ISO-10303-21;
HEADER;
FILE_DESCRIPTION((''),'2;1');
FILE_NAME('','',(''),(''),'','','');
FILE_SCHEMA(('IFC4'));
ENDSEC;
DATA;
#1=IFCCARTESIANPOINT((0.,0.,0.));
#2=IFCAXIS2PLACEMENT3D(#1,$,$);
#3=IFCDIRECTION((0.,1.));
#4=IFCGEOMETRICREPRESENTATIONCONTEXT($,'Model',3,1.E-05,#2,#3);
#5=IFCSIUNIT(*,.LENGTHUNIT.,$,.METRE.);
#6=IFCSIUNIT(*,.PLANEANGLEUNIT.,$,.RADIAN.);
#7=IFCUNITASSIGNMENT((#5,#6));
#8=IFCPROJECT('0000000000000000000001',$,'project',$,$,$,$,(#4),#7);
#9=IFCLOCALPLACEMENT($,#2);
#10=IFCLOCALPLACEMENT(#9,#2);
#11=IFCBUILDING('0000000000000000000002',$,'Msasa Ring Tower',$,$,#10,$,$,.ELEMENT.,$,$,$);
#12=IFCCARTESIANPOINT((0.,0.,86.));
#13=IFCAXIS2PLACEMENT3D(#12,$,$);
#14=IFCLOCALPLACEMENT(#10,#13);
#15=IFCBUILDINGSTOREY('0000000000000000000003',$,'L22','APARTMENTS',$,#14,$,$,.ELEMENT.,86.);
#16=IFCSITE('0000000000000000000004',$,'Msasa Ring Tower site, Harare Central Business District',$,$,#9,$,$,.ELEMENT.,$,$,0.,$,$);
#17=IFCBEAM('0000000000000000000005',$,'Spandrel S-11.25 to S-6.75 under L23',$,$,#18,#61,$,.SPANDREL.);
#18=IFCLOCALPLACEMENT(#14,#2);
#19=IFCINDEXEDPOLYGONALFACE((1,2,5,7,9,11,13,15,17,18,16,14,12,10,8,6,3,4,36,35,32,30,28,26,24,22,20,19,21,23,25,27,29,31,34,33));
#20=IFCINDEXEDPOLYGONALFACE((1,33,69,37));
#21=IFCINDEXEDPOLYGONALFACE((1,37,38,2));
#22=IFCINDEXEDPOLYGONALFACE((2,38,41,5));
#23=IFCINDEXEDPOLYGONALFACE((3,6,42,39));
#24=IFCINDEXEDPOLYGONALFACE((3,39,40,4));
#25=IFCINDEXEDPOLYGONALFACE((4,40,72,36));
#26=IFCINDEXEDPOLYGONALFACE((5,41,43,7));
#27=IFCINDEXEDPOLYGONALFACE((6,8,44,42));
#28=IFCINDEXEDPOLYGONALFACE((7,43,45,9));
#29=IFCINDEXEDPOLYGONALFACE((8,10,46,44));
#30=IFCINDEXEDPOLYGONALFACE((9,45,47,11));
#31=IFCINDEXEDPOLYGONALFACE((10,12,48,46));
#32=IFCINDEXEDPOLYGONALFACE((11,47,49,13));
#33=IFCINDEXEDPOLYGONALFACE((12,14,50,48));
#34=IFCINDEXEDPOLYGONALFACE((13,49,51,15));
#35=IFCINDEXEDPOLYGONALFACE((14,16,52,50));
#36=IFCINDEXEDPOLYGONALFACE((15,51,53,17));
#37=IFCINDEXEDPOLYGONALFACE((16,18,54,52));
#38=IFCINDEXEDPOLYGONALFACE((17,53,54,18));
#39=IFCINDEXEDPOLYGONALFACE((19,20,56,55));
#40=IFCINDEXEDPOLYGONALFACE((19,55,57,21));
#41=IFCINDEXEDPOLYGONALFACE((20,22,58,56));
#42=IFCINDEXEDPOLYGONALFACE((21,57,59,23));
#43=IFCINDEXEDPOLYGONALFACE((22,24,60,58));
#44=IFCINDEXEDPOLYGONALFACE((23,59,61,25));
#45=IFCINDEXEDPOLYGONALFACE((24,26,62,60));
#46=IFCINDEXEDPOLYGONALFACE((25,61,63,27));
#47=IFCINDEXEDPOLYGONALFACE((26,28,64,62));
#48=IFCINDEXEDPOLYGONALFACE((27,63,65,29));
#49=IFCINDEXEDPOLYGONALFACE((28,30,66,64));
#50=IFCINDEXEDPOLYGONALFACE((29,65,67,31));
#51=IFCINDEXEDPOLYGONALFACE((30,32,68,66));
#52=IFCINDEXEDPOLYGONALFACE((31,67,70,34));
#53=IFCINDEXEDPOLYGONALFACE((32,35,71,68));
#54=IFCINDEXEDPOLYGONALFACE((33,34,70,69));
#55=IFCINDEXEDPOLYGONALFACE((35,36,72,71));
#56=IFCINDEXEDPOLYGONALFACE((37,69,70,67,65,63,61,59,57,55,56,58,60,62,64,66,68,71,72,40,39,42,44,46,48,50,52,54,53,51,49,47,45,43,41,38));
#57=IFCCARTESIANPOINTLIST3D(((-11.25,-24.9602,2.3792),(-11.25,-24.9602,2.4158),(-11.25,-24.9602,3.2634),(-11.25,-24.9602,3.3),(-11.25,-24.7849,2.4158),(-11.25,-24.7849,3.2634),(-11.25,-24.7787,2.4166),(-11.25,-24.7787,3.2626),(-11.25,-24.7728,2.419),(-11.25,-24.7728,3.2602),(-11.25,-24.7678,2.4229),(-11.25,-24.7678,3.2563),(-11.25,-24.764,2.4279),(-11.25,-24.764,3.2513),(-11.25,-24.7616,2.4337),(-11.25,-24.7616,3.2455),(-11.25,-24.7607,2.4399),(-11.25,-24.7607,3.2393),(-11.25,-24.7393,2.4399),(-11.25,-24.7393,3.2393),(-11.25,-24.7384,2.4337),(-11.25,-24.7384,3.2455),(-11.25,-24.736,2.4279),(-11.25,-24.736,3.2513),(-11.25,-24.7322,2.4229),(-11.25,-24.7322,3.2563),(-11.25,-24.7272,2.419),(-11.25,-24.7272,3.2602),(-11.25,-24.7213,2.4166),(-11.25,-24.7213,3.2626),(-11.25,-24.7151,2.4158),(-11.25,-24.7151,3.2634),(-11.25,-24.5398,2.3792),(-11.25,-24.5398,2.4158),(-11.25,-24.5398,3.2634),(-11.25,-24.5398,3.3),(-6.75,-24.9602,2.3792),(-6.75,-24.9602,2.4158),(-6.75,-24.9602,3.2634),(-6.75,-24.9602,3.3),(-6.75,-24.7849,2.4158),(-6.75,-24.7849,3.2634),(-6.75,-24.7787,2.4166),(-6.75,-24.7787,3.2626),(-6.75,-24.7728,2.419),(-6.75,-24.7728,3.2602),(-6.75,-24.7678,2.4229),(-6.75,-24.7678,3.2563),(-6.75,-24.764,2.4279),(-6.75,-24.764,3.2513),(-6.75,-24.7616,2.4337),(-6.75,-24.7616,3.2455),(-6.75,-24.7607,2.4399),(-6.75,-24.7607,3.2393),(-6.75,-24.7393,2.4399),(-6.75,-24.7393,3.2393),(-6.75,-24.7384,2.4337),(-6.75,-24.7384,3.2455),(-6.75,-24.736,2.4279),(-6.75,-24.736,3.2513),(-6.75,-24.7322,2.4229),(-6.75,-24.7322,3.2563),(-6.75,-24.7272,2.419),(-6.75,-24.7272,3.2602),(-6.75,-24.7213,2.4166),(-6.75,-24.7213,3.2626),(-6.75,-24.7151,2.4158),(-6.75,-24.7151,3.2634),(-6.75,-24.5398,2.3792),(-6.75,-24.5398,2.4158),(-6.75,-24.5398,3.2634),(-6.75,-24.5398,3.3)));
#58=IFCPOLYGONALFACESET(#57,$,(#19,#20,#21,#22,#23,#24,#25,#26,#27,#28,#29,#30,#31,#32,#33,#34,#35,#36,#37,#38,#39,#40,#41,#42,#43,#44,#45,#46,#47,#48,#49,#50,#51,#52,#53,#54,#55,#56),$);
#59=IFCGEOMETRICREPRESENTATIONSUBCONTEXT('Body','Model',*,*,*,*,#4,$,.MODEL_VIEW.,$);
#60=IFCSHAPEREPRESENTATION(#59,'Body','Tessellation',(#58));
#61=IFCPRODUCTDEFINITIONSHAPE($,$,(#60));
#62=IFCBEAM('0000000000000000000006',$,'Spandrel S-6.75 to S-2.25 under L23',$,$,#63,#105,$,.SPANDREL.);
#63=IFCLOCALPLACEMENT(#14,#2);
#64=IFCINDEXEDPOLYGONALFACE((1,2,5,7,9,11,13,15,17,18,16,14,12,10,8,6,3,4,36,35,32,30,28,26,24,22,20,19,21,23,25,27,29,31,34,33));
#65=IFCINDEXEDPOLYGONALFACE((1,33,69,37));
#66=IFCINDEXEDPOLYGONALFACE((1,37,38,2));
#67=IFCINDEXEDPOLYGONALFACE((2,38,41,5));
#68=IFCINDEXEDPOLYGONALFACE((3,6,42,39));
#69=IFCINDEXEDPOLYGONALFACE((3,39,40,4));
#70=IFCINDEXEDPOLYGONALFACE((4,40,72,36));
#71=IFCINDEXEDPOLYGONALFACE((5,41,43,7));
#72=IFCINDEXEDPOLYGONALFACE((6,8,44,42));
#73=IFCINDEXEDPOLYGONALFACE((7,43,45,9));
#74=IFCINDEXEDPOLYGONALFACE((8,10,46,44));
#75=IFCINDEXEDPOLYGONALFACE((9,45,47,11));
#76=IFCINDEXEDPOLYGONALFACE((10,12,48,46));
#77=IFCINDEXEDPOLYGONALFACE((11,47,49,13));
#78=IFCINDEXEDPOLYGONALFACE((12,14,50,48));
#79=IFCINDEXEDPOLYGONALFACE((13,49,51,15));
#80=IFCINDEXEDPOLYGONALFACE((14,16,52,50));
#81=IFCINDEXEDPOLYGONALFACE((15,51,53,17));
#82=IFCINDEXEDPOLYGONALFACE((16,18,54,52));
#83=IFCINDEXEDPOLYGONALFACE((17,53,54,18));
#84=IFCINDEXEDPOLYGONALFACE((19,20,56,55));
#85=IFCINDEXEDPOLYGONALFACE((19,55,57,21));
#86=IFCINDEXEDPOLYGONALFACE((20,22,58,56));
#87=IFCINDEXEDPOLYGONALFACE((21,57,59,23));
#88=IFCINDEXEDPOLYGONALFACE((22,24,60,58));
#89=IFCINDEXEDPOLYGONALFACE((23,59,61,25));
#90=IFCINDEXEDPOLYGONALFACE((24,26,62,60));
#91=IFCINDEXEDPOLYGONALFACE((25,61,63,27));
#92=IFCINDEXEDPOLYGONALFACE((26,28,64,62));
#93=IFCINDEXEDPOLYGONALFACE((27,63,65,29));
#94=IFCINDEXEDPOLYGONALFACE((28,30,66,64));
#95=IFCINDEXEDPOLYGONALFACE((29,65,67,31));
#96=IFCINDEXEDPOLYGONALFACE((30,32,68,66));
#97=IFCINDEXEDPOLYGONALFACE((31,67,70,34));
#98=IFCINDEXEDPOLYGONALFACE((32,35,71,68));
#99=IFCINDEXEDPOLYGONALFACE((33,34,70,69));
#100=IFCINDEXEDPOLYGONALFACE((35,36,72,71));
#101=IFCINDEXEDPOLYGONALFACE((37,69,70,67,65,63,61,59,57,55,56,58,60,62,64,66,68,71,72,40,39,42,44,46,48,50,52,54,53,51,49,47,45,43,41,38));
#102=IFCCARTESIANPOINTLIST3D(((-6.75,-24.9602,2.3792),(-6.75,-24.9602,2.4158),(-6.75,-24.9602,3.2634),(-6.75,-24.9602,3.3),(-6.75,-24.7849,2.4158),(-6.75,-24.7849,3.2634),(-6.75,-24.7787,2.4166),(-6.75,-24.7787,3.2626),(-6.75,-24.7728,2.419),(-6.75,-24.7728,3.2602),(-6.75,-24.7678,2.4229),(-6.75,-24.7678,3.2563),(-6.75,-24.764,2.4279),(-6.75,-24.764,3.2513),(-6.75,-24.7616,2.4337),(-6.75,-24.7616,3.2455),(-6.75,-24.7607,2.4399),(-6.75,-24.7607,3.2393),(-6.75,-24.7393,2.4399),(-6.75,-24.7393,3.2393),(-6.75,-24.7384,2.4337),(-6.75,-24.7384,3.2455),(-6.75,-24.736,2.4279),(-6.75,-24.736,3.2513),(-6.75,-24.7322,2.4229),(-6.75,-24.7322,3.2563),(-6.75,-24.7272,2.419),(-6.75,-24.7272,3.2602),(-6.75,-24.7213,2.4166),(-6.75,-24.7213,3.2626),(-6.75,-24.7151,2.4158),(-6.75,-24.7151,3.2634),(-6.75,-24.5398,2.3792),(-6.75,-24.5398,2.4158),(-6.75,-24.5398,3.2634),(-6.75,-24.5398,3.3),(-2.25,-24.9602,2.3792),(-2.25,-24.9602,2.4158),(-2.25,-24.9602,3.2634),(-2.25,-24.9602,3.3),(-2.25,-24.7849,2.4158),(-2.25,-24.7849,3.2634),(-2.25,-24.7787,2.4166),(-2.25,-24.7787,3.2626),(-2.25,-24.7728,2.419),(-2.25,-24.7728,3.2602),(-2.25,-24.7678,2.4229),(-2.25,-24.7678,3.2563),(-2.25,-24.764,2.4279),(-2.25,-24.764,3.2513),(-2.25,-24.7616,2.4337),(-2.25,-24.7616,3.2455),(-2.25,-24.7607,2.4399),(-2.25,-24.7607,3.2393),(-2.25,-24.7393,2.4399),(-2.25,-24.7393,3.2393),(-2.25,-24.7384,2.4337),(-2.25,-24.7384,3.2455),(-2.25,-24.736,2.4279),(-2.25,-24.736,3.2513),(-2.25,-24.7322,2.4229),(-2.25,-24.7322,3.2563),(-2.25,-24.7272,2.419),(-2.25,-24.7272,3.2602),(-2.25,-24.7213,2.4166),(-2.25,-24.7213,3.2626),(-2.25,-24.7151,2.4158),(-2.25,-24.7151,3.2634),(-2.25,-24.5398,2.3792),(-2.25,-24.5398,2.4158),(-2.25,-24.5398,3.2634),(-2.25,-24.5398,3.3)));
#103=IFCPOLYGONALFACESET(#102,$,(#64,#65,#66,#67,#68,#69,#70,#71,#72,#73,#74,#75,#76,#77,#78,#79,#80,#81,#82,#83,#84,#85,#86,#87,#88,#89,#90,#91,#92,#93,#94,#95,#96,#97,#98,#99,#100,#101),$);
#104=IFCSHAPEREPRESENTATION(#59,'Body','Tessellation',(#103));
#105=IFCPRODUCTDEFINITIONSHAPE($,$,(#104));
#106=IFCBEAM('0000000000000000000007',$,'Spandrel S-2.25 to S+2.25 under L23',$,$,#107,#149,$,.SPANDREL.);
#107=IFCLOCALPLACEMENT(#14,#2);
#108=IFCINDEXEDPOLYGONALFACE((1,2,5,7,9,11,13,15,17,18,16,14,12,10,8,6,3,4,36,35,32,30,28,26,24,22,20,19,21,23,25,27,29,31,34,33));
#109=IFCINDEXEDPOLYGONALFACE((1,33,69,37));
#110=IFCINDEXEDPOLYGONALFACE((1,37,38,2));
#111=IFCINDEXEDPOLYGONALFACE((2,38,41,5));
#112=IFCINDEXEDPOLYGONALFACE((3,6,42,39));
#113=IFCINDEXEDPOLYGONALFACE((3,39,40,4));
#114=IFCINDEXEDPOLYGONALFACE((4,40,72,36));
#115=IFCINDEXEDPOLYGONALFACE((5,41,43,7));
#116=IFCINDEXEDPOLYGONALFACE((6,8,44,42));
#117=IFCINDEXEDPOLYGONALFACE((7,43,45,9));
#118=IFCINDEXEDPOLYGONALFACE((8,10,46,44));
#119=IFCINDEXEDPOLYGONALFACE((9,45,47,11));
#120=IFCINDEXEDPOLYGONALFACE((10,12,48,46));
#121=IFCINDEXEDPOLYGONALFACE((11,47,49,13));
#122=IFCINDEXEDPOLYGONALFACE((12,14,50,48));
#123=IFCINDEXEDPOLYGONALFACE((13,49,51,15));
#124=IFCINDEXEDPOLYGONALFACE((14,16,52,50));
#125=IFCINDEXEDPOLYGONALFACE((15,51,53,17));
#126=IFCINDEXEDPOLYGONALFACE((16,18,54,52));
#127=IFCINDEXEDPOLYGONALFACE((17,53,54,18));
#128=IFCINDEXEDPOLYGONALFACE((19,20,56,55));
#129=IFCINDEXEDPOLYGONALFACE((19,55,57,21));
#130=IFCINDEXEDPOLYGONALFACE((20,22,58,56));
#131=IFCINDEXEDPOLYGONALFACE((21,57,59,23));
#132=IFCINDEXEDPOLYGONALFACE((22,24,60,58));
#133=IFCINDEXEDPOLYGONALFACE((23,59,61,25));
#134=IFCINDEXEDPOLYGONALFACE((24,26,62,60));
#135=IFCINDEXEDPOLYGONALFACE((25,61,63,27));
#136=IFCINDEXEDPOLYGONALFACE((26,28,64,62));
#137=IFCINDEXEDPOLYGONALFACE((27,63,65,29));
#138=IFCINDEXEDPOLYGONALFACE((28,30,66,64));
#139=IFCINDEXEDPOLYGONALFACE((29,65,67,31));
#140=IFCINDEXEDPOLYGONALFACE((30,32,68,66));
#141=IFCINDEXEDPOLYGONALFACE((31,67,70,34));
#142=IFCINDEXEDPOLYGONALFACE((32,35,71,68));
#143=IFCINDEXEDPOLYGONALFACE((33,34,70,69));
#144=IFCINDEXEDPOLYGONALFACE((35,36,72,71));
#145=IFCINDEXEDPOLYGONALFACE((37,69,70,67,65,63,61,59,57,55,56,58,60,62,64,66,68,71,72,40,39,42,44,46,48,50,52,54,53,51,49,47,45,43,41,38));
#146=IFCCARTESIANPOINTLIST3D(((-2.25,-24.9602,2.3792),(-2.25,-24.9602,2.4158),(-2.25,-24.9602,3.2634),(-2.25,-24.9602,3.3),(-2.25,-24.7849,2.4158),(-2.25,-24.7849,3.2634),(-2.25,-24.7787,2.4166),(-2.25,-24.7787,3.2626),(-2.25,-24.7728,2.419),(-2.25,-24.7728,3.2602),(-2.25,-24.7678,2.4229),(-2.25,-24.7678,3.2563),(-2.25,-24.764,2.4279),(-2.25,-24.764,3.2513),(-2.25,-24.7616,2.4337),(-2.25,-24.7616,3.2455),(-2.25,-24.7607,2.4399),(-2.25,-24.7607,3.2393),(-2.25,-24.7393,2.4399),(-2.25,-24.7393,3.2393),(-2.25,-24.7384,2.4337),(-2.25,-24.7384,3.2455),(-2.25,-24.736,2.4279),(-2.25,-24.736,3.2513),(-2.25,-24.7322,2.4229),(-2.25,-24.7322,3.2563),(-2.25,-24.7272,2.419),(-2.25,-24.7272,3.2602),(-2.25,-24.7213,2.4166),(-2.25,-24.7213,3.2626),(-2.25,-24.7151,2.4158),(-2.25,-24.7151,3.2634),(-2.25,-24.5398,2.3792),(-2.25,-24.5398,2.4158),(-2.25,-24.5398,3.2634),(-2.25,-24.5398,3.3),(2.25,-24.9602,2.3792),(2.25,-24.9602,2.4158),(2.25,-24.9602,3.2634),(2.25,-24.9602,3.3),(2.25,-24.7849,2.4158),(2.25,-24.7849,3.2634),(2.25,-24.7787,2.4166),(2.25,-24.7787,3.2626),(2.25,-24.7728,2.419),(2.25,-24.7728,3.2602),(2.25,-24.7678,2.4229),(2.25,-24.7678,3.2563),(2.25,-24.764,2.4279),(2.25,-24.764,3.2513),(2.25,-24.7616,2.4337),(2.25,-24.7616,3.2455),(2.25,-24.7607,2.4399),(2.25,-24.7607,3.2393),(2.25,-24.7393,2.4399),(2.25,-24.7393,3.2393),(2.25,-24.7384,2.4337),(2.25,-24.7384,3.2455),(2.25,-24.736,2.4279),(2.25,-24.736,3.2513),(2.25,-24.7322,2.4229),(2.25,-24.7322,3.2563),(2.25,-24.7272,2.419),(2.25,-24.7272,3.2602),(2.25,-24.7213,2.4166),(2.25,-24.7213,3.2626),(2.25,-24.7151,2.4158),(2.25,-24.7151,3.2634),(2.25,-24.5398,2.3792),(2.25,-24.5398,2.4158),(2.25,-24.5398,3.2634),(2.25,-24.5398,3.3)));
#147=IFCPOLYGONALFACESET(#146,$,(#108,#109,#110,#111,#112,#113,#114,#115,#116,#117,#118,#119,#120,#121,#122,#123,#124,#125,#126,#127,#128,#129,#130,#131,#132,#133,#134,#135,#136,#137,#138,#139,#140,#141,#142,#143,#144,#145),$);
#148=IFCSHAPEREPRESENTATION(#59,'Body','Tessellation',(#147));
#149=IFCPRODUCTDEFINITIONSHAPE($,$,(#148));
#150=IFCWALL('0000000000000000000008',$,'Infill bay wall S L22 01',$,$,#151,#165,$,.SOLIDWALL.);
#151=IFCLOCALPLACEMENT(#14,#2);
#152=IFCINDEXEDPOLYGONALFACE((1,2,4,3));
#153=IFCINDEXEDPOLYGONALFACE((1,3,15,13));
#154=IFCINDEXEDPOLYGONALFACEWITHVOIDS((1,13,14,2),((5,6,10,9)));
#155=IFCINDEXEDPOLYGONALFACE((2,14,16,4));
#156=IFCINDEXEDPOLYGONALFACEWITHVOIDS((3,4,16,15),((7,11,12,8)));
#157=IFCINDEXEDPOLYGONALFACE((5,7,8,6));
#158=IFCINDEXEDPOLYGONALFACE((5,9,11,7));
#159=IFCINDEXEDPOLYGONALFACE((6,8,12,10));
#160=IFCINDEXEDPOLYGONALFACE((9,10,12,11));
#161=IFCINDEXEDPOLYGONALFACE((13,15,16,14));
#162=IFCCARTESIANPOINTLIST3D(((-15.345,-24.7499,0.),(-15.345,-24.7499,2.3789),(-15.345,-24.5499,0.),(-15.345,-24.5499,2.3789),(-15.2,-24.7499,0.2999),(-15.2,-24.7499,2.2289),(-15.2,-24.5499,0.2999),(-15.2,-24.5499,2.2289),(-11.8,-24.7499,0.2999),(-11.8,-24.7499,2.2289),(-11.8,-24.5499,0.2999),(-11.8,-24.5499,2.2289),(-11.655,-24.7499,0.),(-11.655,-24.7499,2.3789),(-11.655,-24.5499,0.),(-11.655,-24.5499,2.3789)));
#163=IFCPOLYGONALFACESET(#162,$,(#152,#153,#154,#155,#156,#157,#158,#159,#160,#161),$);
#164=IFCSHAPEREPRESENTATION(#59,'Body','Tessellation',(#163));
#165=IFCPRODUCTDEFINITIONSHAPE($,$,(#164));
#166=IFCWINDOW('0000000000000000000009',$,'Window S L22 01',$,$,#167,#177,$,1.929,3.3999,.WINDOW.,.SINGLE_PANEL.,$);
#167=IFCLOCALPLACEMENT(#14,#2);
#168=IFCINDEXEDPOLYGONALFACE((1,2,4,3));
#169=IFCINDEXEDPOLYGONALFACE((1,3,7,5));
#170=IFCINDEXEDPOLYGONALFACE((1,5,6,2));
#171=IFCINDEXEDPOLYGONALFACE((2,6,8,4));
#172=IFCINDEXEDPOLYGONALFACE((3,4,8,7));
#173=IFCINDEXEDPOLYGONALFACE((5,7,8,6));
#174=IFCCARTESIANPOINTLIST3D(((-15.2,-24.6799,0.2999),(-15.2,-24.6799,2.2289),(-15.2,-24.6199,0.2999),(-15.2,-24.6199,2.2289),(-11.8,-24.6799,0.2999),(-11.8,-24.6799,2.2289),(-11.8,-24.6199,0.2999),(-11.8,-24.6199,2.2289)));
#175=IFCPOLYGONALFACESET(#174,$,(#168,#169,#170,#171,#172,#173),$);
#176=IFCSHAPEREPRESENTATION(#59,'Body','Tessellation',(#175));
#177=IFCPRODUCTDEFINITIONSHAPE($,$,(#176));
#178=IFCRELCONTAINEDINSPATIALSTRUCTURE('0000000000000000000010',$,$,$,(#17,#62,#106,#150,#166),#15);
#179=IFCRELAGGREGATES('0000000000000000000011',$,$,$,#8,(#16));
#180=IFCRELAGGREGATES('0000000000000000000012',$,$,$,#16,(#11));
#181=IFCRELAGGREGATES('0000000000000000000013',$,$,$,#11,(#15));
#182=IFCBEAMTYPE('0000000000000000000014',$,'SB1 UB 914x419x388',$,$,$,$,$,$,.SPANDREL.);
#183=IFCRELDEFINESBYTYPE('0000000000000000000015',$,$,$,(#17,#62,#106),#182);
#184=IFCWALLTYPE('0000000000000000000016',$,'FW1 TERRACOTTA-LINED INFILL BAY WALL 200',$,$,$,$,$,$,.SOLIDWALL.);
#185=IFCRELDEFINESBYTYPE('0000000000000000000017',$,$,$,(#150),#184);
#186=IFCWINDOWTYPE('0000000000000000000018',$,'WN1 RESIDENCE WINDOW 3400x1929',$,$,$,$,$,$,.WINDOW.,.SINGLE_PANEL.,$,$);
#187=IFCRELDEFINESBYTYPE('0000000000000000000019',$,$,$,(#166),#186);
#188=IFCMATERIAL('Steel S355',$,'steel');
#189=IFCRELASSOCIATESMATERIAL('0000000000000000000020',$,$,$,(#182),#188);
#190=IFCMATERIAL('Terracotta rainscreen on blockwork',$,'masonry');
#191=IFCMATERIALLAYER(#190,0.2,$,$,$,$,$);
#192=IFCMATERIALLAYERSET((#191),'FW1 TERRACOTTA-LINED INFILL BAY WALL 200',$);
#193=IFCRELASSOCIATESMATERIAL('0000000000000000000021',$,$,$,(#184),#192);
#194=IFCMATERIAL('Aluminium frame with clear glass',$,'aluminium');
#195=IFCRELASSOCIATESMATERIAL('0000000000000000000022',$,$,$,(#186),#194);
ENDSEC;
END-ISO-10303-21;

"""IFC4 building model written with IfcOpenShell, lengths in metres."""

from ifc_helpers import new_model, si_unit, direction, frame, frame_2d, origin, origin_2d, place, context, subcontext, project, spatial, rectangle, i_section, extrude, material, layer, layer_set, material_profile, profile_set, type_object, element, fill, save


model = new_model("IFC4")

# Units and contexts
model_context = context("Model", 3, precision=1e-05, world=origin(), true_north=direction((0.0, 1.0)))
body_context = subcontext(model_context, "Body", "Model", "MODEL_VIEW")
ifc_project = project(units=[si_unit("LENGTHUNIT", "METRE"), si_unit("PLANEANGLEUNIT", "RADIAN")], contexts=[model_context])

# Site, building, storey
site_placement = place(None, origin())
site = spatial("IfcSite", under=ifc_project, at=site_placement, Name="Msasa Ring Tower site, Harare Central Business District", CompositionType="ELEMENT", RefElevation=0.0)
building_placement = place(site_placement, origin())
building = spatial("IfcBuilding", under=site, at=building_placement, Name="Msasa Ring Tower", CompositionType="ELEMENT")
storey_placement = place(building_placement, frame((0.0, 0.0, 86.0)))
storey = spatial("IfcBuildingStorey", under=building, at=storey_placement, Name="L22", Description="APARTMENTS", CompositionType="ELEMENT", Elevation=86.0)

# Beams
ifc_material_1 = material(Name="Steel S355", Category="steel")
ifc_material_profile_1 = material_profile(ifc_material_1, i_section(OverallWidth=0.4204, OverallDepth=0.9209, WebThickness=0.0215, FlangeThickness=0.0366, FilletRadius=0.0242, at=origin_2d()), Name="UB 914x419x388")
ifc_profile_set_1 = profile_set([ifc_material_profile_1], Name="Steel S355")
beam_type_1 = type_object("IfcBeamType", Name="SB1 UB 914x419x388", PredefinedType="SPANDREL", material=ifc_profile_set_1)
for number, where, z_axis, x_axis, name in (
    (1, (-11.25, -24.75, 2.8396), (1.0, 0.0, 0.0), (0.0, 1.0, 0.0), "Spandrel S-11.25 to S-6.75 under L23"),
    (2, (-6.75, -24.75, 2.8396), (1.0, 0.0, 0.0), (0.0, 1.0, 0.0), "Spandrel S-6.75 to S-2.25 under L23"),
    (3, (-2.25, -24.75, 2.8396), (1.0, 0.0, 0.0), (0.0, 1.0, 0.0), "Spandrel S-2.25 to S+2.25 under L23"),
):
    element("IfcBeam", number, at=place(storey_placement, frame(where, z_axis=z_axis, x_axis=x_axis)), inside=storey, type_object=beam_type_1, Name=name, PredefinedType="SPANDREL", context=body_context, shape_type="SweptSolid", body=[
        extrude(i_section(OverallWidth=0.4204, OverallDepth=0.9209, WebThickness=0.0215, FlangeThickness=0.0366, FilletRadius=0.0242, at=origin_2d()), origin(), (0.0, 0.0, 1.0), 4.5),
    ])

# Wall, opening, window
ifc_material_2 = material(Name="Terracotta rainscreen on blockwork", Category="masonry")
ifc_layer_1 = layer(ifc_material_2, 0.2)
ifc_layer_set_1 = layer_set([ifc_layer_1], Name="FW1 TERRACOTTA-LINED INFILL BAY WALL 200")
wall_type_1 = type_object("IfcWallType", Name="FW1 TERRACOTTA-LINED INFILL BAY WALL 200", PredefinedType="SOLIDWALL", material=ifc_layer_set_1)
wall_1_placement = place(storey_placement, frame((-15.345, -24.6499, 0.0), z_axis=(0.0, 0.0, 1.0), x_axis=(1.0, 0.0, 0.0)))
wall_1 = element("IfcWall", 4, at=wall_1_placement, inside=storey, type_object=wall_type_1, Name="Infill bay wall S L22 01", PredefinedType="SOLIDWALL", context=body_context, shape_type="SweptSolid", body=[
    extrude(rectangle(XDim=3.6899, YDim=0.2, at=frame_2d((1.845, 0.0))), origin(), (0.0, 0.0, 1.0), 2.3789),
])
opening_1_placement = place(wall_1_placement, frame((0.145, 0.0, 0.3)))
opening_1 = element("IfcOpeningElement", 5, at=opening_1_placement, cuts=wall_1, PredefinedType="OPENING", context=body_context, shape_type="SweptSolid", body=[
    extrude(rectangle(XDim=3.3999, YDim=1.929, at=frame_2d((1.7, 0.9644))), frame((0.0, 0.1099, 0.0), z_axis=(0.0, -1.0, 0.0), x_axis=(1.0, 0.0, 0.0)), (0.0, 0.0, 1.0), 0.22),
])
ifc_material_3 = material(Name="Aluminium frame with clear glass", Category="aluminium")
window_type = type_object("IfcWindowType", Name="WN1 RESIDENCE WINDOW 3400x1929", PartitioningType="SINGLE_PANEL", PredefinedType="WINDOW", material=ifc_material_3)
window_1_placement = place(opening_1_placement, origin())
window_1 = element("IfcWindow", 6, at=window_1_placement, inside=storey, type_object=window_type, Name="Window S L22 01", OverallHeight=1.929, OverallWidth=3.3999, PartitioningType="SINGLE_PANEL", PredefinedType="WINDOW", context=body_context, shape_type="SweptSolid", body=[
    extrude(rectangle(XDim=3.3999, YDim=1.929, at=frame_2d((1.7, 0.9644))), frame((0.0, 0.03, 0.0), z_axis=(0.0, -1.0, 0.0), x_axis=(1.0, 0.0, 0.0)), (0.0, 0.0, 1.0), 0.0601),
])
fill(opening_1, window_1)

save(model, "model.ifc")
